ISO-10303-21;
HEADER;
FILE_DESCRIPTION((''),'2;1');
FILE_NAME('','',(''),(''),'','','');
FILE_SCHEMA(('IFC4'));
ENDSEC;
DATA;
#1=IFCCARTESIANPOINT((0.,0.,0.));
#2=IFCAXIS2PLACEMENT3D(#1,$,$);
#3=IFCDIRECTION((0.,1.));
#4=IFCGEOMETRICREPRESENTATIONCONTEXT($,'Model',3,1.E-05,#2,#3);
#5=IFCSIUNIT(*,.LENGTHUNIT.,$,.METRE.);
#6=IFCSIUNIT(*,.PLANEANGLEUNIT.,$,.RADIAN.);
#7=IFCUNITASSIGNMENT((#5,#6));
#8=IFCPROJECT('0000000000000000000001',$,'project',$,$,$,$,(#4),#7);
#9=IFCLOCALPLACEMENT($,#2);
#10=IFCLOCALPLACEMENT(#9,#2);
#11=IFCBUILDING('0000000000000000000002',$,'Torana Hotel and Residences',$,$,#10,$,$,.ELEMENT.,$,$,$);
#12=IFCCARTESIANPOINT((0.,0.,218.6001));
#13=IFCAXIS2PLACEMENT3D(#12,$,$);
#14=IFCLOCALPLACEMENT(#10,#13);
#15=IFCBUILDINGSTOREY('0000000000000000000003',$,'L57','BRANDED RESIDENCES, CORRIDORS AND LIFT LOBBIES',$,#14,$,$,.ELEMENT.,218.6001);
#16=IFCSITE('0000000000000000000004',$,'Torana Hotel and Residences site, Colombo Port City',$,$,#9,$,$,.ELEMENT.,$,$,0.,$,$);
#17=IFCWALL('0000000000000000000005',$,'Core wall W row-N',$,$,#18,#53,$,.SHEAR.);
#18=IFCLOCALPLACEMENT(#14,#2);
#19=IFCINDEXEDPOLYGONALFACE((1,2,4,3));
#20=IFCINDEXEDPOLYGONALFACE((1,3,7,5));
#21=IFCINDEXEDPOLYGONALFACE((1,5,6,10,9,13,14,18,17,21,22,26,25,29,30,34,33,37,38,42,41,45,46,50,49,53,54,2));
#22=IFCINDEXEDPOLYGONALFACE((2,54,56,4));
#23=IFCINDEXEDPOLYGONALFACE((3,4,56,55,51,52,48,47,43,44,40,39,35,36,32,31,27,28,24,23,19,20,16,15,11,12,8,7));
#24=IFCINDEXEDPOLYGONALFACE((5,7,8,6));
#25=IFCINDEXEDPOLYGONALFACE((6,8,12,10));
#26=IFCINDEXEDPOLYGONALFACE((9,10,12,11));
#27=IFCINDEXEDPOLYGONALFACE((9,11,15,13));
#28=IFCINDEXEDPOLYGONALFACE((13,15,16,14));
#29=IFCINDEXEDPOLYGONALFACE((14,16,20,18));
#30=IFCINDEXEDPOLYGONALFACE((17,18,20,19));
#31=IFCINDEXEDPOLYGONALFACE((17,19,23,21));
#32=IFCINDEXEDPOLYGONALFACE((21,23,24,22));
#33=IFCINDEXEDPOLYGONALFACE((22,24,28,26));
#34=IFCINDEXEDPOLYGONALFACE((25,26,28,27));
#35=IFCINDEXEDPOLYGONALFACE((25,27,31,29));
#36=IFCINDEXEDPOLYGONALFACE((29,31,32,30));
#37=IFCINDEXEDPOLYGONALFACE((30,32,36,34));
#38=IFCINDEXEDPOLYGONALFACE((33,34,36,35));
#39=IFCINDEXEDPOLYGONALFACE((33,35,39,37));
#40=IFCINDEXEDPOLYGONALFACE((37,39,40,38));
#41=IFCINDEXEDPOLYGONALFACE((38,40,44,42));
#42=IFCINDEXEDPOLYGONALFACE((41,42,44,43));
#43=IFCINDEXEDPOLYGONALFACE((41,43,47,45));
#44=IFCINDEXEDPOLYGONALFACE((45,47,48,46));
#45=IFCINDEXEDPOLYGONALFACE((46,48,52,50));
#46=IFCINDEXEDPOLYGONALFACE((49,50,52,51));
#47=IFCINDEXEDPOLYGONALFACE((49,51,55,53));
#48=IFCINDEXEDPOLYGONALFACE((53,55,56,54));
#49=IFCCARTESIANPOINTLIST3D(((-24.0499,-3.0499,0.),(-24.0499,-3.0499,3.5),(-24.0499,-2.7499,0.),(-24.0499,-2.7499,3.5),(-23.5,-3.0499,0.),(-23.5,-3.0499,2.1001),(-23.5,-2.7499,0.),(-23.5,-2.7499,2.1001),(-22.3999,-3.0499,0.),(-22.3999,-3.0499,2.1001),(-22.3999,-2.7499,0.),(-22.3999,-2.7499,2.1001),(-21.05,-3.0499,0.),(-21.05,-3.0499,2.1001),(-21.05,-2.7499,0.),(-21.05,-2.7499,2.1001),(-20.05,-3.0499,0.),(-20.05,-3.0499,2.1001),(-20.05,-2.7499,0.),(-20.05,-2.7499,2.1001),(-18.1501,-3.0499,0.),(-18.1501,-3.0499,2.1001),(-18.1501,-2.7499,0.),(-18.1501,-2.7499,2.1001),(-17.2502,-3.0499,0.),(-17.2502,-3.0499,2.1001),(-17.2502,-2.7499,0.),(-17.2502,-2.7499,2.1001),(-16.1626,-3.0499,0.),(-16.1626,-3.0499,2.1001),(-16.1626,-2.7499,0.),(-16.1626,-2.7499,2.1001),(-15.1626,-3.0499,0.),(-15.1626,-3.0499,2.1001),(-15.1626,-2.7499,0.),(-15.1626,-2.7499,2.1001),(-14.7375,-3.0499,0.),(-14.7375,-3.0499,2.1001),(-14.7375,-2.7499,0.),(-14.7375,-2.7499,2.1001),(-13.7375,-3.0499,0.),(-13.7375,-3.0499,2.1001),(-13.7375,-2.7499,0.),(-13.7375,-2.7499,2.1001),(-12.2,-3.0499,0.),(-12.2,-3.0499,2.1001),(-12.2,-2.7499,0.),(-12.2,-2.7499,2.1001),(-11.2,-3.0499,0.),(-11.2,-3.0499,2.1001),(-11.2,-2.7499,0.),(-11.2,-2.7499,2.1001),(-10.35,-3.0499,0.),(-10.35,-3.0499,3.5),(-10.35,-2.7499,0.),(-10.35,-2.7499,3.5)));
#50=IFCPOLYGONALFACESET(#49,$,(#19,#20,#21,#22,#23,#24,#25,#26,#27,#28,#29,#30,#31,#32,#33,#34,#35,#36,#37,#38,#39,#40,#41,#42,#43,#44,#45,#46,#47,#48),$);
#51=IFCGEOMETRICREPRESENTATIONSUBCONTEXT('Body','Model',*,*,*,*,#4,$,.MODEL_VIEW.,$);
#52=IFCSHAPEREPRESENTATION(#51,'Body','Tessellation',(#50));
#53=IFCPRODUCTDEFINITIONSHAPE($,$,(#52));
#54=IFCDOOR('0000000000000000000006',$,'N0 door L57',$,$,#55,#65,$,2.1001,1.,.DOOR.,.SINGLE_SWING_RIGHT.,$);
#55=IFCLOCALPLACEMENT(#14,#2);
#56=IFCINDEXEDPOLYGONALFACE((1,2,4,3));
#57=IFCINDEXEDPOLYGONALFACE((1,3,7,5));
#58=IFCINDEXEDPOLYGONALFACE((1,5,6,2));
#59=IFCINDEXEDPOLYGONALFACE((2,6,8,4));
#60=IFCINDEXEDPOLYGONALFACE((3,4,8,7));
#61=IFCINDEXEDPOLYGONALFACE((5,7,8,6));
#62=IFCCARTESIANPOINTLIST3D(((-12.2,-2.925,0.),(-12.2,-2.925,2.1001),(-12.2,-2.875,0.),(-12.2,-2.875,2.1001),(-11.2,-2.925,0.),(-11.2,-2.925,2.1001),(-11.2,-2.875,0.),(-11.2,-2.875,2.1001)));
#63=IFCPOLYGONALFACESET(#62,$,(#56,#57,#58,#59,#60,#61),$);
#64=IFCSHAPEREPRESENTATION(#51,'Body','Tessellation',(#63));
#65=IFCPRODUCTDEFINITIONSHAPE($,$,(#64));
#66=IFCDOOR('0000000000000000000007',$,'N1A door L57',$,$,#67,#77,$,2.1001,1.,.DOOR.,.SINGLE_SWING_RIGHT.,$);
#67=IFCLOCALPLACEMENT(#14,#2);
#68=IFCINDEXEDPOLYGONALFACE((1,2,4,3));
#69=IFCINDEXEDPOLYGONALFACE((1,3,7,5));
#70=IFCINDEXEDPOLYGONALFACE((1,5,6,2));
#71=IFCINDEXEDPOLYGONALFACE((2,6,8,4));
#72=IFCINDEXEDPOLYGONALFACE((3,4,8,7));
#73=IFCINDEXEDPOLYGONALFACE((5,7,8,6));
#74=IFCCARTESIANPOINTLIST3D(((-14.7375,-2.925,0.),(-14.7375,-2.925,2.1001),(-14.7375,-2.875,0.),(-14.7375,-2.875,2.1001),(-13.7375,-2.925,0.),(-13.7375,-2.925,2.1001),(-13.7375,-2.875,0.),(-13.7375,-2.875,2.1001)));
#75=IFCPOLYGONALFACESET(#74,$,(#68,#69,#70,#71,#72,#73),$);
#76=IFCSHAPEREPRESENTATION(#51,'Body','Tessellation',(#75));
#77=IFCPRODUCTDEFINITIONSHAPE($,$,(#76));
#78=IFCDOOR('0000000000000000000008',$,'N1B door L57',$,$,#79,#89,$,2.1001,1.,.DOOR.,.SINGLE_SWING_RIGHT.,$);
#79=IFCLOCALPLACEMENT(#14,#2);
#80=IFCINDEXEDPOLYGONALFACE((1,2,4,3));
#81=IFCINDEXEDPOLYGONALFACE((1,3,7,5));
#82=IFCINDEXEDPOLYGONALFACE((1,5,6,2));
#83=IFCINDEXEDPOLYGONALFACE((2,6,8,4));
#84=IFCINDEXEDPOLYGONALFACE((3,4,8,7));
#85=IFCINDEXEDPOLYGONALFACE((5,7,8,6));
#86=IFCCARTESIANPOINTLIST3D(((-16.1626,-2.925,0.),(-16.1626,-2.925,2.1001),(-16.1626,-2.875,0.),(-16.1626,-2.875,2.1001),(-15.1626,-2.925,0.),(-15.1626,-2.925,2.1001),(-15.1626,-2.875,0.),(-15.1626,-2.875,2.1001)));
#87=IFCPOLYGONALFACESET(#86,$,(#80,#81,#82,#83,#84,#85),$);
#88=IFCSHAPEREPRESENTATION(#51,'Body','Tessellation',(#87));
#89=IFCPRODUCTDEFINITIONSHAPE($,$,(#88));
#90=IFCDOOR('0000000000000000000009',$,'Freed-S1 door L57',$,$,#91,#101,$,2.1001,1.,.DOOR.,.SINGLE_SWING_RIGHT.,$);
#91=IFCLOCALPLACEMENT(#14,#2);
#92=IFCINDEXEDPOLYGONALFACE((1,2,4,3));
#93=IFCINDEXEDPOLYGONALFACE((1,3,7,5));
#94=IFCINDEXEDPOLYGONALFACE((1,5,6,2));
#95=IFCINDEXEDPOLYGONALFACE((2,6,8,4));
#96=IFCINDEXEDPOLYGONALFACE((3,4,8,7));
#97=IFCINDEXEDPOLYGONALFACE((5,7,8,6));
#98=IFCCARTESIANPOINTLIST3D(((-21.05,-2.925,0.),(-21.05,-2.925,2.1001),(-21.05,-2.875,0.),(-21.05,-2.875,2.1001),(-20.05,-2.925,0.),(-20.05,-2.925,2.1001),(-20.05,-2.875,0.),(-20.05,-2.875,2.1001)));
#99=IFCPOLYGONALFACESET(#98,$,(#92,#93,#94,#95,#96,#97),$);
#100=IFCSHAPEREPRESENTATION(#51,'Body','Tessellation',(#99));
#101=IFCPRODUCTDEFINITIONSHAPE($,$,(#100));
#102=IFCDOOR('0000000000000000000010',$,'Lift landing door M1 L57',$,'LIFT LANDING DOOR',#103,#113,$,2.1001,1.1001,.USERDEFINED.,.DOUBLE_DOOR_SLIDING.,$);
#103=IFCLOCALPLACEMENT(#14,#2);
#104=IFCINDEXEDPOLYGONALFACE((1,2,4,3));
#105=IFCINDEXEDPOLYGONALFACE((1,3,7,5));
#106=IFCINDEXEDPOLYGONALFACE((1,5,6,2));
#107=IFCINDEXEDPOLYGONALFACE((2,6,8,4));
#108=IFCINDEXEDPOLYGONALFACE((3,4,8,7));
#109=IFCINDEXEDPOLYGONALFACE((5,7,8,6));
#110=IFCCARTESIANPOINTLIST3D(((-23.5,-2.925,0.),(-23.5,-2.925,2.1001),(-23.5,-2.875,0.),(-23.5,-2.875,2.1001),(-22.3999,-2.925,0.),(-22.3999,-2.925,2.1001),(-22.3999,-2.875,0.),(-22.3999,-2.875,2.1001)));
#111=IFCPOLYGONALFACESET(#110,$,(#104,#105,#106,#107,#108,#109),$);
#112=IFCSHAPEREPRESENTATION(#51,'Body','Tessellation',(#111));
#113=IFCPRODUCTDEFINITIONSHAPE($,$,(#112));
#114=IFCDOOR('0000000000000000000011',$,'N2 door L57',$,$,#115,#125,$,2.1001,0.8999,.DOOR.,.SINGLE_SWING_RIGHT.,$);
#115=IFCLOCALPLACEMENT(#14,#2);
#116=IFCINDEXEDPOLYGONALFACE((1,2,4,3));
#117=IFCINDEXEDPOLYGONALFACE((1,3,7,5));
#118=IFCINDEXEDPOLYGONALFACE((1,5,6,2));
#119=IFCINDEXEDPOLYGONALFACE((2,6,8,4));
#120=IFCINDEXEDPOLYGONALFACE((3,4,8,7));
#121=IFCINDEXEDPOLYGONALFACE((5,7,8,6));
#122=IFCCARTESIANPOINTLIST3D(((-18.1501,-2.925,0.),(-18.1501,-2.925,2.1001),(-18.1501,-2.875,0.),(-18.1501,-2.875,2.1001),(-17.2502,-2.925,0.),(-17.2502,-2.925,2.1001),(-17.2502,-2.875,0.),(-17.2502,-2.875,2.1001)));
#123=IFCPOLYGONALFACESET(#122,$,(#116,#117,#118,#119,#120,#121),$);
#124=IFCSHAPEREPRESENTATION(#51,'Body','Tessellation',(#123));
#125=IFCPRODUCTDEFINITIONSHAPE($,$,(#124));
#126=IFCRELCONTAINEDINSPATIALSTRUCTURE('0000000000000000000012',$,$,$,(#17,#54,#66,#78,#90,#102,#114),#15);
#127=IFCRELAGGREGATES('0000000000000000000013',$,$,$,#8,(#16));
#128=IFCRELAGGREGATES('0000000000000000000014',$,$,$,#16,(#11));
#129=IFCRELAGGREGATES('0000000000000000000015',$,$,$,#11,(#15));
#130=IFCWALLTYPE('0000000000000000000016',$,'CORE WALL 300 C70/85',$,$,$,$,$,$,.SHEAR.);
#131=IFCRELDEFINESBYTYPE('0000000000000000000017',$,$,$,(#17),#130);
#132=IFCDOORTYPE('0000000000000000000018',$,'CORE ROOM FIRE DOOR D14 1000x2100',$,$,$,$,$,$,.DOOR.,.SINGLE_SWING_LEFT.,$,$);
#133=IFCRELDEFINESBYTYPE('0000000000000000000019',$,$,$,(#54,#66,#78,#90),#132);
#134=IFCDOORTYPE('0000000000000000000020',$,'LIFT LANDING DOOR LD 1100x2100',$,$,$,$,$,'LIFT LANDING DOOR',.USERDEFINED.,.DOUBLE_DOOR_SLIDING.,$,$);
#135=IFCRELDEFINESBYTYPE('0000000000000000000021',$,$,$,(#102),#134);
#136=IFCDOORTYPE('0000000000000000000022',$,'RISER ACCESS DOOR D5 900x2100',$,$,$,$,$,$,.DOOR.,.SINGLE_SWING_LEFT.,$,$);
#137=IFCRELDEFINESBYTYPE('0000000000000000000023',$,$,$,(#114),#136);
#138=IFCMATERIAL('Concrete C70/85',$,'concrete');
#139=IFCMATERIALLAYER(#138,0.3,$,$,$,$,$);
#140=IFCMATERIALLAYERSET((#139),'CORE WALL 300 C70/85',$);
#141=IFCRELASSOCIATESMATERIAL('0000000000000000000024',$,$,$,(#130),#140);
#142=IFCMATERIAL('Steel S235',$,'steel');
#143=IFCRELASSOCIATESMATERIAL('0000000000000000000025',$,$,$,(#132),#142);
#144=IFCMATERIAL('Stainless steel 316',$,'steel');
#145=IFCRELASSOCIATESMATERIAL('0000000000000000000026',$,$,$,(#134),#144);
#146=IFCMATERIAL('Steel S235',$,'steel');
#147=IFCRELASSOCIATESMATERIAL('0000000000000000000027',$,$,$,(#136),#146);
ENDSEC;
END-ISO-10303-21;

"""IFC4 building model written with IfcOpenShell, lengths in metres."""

from ifc_helpers import new_model, si_unit, direction, frame, frame_2d, origin, place, context, subcontext, project, spatial, rectangle, extrude, material, layer, layer_set, type_object, element, fill, save


model = new_model("IFC4")

# Units and contexts
model_context = context("Model", 3, precision=1e-05, world=origin(), true_north=direction((0.0, 1.0)))
body_context = subcontext(model_context, "Body", "Model", "MODEL_VIEW")
ifc_project = project(units=[si_unit("LENGTHUNIT", "METRE"), si_unit("PLANEANGLEUNIT", "RADIAN")], contexts=[model_context])

# Site, building, storey
site_placement = place(None, origin())
site = spatial("IfcSite", under=ifc_project, at=site_placement, Name="Torana Hotel and Residences site, Colombo Port City", CompositionType="ELEMENT", RefElevation=0.0)
building_placement = place(site_placement, origin())
building = spatial("IfcBuilding", under=site, at=building_placement, Name="Torana Hotel and Residences", CompositionType="ELEMENT")
storey_placement = place(building_placement, frame((0.0, 0.0, 218.6001)))
storey = spatial("IfcBuildingStorey", under=building, at=storey_placement, Name="L57", Description="BRANDED RESIDENCES, CORRIDORS AND LIFT LOBBIES", CompositionType="ELEMENT", Elevation=218.6001)

# Wall, openings, doors
ifc_material_1 = material(Name="Concrete C70/85", Category="concrete")
ifc_layer_1 = layer(ifc_material_1, 0.3)
ifc_layer_set_1 = layer_set([ifc_layer_1], Name="CORE WALL 300 C70/85")
wall_type_1 = type_object("IfcWallType", Name="CORE WALL 300 C70/85", PredefinedType="SHEAR", material=ifc_layer_set_1)
wall_1_placement = place(storey_placement, frame((-24.05, -2.8999, 0.0), z_axis=(0.0, 0.0, 1.0), x_axis=(1.0, 0.0, 0.0)))
wall_1 = element("IfcWall", 1, at=wall_1_placement, inside=storey, type_object=wall_type_1, Name="Core wall W row-N", PredefinedType="SHEAR", context=body_context, shape_type="SweptSolid", body=[
    extrude(rectangle(XDim=13.7, YDim=0.3, at=frame_2d((6.8501, 0.0))), origin(), (0.0, 0.0, 1.0), 3.5),
])
opening_1_placement = place(wall_1_placement, frame((0.55, 0.0, 0.0)))
opening_1 = element("IfcOpeningElement", 2, at=opening_1_placement, cuts=wall_1, PredefinedType="OPENING", context=body_context, shape_type="SweptSolid", body=[
    extrude(rectangle(XDim=1.1001, YDim=2.1001, at=frame_2d((0.55, 1.05))), frame((0.0, 0.1599, 0.0), z_axis=(0.0, -1.0, 0.0), x_axis=(1.0, 0.0, 0.0)), (0.0, 0.0, 1.0), 0.3201),
])
opening_2_placement = place(wall_1_placement, frame((5.8999, 0.0, 0.0)))
opening_2 = element("IfcOpeningElement", 3, at=opening_2_placement, cuts=wall_1, PredefinedType="OPENING", context=body_context, shape_type="SweptSolid", body=[
    extrude(rectangle(XDim=0.8999, YDim=2.1001, at=frame_2d((0.45, 1.05))), frame((0.0, 0.1599, 0.0), z_axis=(0.0, -1.0, 0.0), x_axis=(1.0, 0.0, 0.0)), (0.0, 0.0, 1.0), 0.3201),
])
opening_3_placement = place(wall_1_placement, frame((11.8501, 0.0, 0.0)))
opening_3 = element("IfcOpeningElement", 4, at=opening_3_placement, cuts=wall_1, PredefinedType="OPENING", context=body_context, shape_type="SweptSolid", body=[
    extrude(rectangle(XDim=1.0, YDim=2.1001, at=frame_2d((0.5, 1.05))), frame((0.0, 0.1599, 0.0), z_axis=(0.0, -1.0, 0.0), x_axis=(1.0, 0.0, 0.0)), (0.0, 0.0, 1.0), 0.3201),
])
opening_4_placement = place(wall_1_placement, frame((9.3125, 0.0, 0.0)))
opening_4 = element("IfcOpeningElement", 5, at=opening_4_placement, cuts=wall_1, PredefinedType="OPENING", context=body_context, shape_type="SweptSolid", body=[
    extrude(rectangle(XDim=1.0, YDim=2.1001, at=frame_2d((0.5, 1.05))), frame((0.0, 0.1599, 0.0), z_axis=(0.0, -1.0, 0.0), x_axis=(1.0, 0.0, 0.0)), (0.0, 0.0, 1.0), 0.3201),
])
opening_5_placement = place(wall_1_placement, frame((7.8875, 0.0, 0.0)))
opening_5 = element("IfcOpeningElement", 6, at=opening_5_placement, cuts=wall_1, PredefinedType="OPENING", context=body_context, shape_type="SweptSolid", body=[
    extrude(rectangle(XDim=1.0, YDim=2.1001, at=frame_2d((0.5, 1.05))), frame((0.0, 0.1599, 0.0), z_axis=(0.0, -1.0, 0.0), x_axis=(1.0, 0.0, 0.0)), (0.0, 0.0, 1.0), 0.3201),
])
opening_6_placement = place(wall_1_placement, frame((3.0, 0.0, 0.0)))
opening_6 = element("IfcOpeningElement", 7, at=opening_6_placement, cuts=wall_1, PredefinedType="OPENING", context=body_context, shape_type="SweptSolid", body=[
    extrude(rectangle(XDim=1.0, YDim=2.1001, at=frame_2d((0.5, 1.05))), frame((0.0, 0.1599, 0.0), z_axis=(0.0, -1.0, 0.0), x_axis=(1.0, 0.0, 0.0)), (0.0, 0.0, 1.0), 0.3201),
])
ifc_material_2 = material(Name="Steel S235", Category="steel")
door_type_1 = type_object("IfcDoorType", Name="CORE ROOM FIRE DOOR D14 1000x2100", OperationType="SINGLE_SWING_LEFT", PredefinedType="DOOR", material=ifc_material_2)
door_1_placement = place(opening_3_placement, origin())
door_1 = element("IfcDoor", 8, at=door_1_placement, inside=storey, type_object=door_type_1, Name="N0 door L57", OperationType="SINGLE_SWING_RIGHT", OverallHeight=2.1001, OverallWidth=1.0, PredefinedType="DOOR", context=body_context, shape_type="SweptSolid", body=[
    extrude(rectangle(XDim=1.0, YDim=2.1001, at=frame_2d((0.5, 1.05))), frame((0.0, 0.0249, 0.0), z_axis=(0.0, -1.0, 0.0), x_axis=(1.0, 0.0, 0.0)), (0.0, 0.0, 1.0), 0.05),
])
fill(opening_3, door_1)
door_2_placement = place(opening_4_placement, origin())
door_2 = element("IfcDoor", 9, at=door_2_placement, inside=storey, type_object=door_type_1, Name="N1A door L57", OperationType="SINGLE_SWING_RIGHT", OverallHeight=2.1001, OverallWidth=1.0, PredefinedType="DOOR", context=body_context, shape_type="SweptSolid", body=[
    extrude(rectangle(XDim=1.0, YDim=2.1001, at=frame_2d((0.5, 1.05))), frame((0.0, 0.0249, 0.0), z_axis=(0.0, -1.0, 0.0), x_axis=(1.0, 0.0, 0.0)), (0.0, 0.0, 1.0), 0.05),
])
fill(opening_4, door_2)
door_3_placement = place(opening_5_placement, origin())
door_3 = element("IfcDoor", 10, at=door_3_placement, inside=storey, type_object=door_type_1, Name="N1B door L57", OperationType="SINGLE_SWING_RIGHT", OverallHeight=2.1001, OverallWidth=1.0, PredefinedType="DOOR", context=body_context, shape_type="SweptSolid", body=[
    extrude(rectangle(XDim=1.0, YDim=2.1001, at=frame_2d((0.5, 1.05))), frame((0.0, 0.0249, 0.0), z_axis=(0.0, -1.0, 0.0), x_axis=(1.0, 0.0, 0.0)), (0.0, 0.0, 1.0), 0.05),
])
fill(opening_5, door_3)
door_4_placement = place(opening_6_placement, origin())
door_4 = element("IfcDoor", 11, at=door_4_placement, inside=storey, type_object=door_type_1, Name="Freed-S1 door L57", OperationType="SINGLE_SWING_RIGHT", OverallHeight=2.1001, OverallWidth=1.0, PredefinedType="DOOR", context=body_context, shape_type="SweptSolid", body=[
    extrude(rectangle(XDim=1.0, YDim=2.1001, at=frame_2d((0.5, 1.05))), frame((0.0, 0.0249, 0.0), z_axis=(0.0, -1.0, 0.0), x_axis=(1.0, 0.0, 0.0)), (0.0, 0.0, 1.0), 0.05),
])
fill(opening_6, door_4)
ifc_material_3 = material(Name="Stainless steel 316", Category="steel")
door_type_2 = type_object("IfcDoorType", Name="LIFT LANDING DOOR LD 1100x2100", ElementType="LIFT LANDING DOOR", OperationType="DOUBLE_DOOR_SLIDING", PredefinedType="USERDEFINED", material=ifc_material_3)
door_5_placement = place(opening_1_placement, origin())
door_5 = element("IfcDoor", 12, at=door_5_placement, inside=storey, type_object=door_type_2, Name="Lift landing door M1 L57", ObjectType="LIFT LANDING DOOR", OperationType="DOUBLE_DOOR_SLIDING", OverallHeight=2.1001, OverallWidth=1.1001, PredefinedType="USERDEFINED", context=body_context, shape_type="SweptSolid", body=[
    extrude(rectangle(XDim=1.1001, YDim=2.1001, at=frame_2d((0.55, 1.05))), frame((0.0, 0.0249, 0.0), z_axis=(0.0, -1.0, 0.0), x_axis=(1.0, 0.0, 0.0)), (0.0, 0.0, 1.0), 0.05),
])
fill(opening_1, door_5)
ifc_material_4 = material(Name="Steel S235", Category="steel")
door_type_3 = type_object("IfcDoorType", Name="RISER ACCESS DOOR D5 900x2100", OperationType="SINGLE_SWING_LEFT", PredefinedType="DOOR", material=ifc_material_4)
door_6_placement = place(opening_2_placement, origin())
door_6 = element("IfcDoor", 13, at=door_6_placement, inside=storey, type_object=door_type_3, Name="N2 door L57", OperationType="SINGLE_SWING_RIGHT", OverallHeight=2.1001, OverallWidth=0.8999, PredefinedType="DOOR", context=body_context, shape_type="SweptSolid", body=[
    extrude(rectangle(XDim=0.8999, YDim=2.1001, at=frame_2d((0.45, 1.05))), frame((0.0, 0.0249, 0.0), z_axis=(0.0, -1.0, 0.0), x_axis=(1.0, 0.0, 0.0)), (0.0, 0.0, 1.0), 0.05),
])
fill(opening_2, door_6)

save(model, "model.ifc")
